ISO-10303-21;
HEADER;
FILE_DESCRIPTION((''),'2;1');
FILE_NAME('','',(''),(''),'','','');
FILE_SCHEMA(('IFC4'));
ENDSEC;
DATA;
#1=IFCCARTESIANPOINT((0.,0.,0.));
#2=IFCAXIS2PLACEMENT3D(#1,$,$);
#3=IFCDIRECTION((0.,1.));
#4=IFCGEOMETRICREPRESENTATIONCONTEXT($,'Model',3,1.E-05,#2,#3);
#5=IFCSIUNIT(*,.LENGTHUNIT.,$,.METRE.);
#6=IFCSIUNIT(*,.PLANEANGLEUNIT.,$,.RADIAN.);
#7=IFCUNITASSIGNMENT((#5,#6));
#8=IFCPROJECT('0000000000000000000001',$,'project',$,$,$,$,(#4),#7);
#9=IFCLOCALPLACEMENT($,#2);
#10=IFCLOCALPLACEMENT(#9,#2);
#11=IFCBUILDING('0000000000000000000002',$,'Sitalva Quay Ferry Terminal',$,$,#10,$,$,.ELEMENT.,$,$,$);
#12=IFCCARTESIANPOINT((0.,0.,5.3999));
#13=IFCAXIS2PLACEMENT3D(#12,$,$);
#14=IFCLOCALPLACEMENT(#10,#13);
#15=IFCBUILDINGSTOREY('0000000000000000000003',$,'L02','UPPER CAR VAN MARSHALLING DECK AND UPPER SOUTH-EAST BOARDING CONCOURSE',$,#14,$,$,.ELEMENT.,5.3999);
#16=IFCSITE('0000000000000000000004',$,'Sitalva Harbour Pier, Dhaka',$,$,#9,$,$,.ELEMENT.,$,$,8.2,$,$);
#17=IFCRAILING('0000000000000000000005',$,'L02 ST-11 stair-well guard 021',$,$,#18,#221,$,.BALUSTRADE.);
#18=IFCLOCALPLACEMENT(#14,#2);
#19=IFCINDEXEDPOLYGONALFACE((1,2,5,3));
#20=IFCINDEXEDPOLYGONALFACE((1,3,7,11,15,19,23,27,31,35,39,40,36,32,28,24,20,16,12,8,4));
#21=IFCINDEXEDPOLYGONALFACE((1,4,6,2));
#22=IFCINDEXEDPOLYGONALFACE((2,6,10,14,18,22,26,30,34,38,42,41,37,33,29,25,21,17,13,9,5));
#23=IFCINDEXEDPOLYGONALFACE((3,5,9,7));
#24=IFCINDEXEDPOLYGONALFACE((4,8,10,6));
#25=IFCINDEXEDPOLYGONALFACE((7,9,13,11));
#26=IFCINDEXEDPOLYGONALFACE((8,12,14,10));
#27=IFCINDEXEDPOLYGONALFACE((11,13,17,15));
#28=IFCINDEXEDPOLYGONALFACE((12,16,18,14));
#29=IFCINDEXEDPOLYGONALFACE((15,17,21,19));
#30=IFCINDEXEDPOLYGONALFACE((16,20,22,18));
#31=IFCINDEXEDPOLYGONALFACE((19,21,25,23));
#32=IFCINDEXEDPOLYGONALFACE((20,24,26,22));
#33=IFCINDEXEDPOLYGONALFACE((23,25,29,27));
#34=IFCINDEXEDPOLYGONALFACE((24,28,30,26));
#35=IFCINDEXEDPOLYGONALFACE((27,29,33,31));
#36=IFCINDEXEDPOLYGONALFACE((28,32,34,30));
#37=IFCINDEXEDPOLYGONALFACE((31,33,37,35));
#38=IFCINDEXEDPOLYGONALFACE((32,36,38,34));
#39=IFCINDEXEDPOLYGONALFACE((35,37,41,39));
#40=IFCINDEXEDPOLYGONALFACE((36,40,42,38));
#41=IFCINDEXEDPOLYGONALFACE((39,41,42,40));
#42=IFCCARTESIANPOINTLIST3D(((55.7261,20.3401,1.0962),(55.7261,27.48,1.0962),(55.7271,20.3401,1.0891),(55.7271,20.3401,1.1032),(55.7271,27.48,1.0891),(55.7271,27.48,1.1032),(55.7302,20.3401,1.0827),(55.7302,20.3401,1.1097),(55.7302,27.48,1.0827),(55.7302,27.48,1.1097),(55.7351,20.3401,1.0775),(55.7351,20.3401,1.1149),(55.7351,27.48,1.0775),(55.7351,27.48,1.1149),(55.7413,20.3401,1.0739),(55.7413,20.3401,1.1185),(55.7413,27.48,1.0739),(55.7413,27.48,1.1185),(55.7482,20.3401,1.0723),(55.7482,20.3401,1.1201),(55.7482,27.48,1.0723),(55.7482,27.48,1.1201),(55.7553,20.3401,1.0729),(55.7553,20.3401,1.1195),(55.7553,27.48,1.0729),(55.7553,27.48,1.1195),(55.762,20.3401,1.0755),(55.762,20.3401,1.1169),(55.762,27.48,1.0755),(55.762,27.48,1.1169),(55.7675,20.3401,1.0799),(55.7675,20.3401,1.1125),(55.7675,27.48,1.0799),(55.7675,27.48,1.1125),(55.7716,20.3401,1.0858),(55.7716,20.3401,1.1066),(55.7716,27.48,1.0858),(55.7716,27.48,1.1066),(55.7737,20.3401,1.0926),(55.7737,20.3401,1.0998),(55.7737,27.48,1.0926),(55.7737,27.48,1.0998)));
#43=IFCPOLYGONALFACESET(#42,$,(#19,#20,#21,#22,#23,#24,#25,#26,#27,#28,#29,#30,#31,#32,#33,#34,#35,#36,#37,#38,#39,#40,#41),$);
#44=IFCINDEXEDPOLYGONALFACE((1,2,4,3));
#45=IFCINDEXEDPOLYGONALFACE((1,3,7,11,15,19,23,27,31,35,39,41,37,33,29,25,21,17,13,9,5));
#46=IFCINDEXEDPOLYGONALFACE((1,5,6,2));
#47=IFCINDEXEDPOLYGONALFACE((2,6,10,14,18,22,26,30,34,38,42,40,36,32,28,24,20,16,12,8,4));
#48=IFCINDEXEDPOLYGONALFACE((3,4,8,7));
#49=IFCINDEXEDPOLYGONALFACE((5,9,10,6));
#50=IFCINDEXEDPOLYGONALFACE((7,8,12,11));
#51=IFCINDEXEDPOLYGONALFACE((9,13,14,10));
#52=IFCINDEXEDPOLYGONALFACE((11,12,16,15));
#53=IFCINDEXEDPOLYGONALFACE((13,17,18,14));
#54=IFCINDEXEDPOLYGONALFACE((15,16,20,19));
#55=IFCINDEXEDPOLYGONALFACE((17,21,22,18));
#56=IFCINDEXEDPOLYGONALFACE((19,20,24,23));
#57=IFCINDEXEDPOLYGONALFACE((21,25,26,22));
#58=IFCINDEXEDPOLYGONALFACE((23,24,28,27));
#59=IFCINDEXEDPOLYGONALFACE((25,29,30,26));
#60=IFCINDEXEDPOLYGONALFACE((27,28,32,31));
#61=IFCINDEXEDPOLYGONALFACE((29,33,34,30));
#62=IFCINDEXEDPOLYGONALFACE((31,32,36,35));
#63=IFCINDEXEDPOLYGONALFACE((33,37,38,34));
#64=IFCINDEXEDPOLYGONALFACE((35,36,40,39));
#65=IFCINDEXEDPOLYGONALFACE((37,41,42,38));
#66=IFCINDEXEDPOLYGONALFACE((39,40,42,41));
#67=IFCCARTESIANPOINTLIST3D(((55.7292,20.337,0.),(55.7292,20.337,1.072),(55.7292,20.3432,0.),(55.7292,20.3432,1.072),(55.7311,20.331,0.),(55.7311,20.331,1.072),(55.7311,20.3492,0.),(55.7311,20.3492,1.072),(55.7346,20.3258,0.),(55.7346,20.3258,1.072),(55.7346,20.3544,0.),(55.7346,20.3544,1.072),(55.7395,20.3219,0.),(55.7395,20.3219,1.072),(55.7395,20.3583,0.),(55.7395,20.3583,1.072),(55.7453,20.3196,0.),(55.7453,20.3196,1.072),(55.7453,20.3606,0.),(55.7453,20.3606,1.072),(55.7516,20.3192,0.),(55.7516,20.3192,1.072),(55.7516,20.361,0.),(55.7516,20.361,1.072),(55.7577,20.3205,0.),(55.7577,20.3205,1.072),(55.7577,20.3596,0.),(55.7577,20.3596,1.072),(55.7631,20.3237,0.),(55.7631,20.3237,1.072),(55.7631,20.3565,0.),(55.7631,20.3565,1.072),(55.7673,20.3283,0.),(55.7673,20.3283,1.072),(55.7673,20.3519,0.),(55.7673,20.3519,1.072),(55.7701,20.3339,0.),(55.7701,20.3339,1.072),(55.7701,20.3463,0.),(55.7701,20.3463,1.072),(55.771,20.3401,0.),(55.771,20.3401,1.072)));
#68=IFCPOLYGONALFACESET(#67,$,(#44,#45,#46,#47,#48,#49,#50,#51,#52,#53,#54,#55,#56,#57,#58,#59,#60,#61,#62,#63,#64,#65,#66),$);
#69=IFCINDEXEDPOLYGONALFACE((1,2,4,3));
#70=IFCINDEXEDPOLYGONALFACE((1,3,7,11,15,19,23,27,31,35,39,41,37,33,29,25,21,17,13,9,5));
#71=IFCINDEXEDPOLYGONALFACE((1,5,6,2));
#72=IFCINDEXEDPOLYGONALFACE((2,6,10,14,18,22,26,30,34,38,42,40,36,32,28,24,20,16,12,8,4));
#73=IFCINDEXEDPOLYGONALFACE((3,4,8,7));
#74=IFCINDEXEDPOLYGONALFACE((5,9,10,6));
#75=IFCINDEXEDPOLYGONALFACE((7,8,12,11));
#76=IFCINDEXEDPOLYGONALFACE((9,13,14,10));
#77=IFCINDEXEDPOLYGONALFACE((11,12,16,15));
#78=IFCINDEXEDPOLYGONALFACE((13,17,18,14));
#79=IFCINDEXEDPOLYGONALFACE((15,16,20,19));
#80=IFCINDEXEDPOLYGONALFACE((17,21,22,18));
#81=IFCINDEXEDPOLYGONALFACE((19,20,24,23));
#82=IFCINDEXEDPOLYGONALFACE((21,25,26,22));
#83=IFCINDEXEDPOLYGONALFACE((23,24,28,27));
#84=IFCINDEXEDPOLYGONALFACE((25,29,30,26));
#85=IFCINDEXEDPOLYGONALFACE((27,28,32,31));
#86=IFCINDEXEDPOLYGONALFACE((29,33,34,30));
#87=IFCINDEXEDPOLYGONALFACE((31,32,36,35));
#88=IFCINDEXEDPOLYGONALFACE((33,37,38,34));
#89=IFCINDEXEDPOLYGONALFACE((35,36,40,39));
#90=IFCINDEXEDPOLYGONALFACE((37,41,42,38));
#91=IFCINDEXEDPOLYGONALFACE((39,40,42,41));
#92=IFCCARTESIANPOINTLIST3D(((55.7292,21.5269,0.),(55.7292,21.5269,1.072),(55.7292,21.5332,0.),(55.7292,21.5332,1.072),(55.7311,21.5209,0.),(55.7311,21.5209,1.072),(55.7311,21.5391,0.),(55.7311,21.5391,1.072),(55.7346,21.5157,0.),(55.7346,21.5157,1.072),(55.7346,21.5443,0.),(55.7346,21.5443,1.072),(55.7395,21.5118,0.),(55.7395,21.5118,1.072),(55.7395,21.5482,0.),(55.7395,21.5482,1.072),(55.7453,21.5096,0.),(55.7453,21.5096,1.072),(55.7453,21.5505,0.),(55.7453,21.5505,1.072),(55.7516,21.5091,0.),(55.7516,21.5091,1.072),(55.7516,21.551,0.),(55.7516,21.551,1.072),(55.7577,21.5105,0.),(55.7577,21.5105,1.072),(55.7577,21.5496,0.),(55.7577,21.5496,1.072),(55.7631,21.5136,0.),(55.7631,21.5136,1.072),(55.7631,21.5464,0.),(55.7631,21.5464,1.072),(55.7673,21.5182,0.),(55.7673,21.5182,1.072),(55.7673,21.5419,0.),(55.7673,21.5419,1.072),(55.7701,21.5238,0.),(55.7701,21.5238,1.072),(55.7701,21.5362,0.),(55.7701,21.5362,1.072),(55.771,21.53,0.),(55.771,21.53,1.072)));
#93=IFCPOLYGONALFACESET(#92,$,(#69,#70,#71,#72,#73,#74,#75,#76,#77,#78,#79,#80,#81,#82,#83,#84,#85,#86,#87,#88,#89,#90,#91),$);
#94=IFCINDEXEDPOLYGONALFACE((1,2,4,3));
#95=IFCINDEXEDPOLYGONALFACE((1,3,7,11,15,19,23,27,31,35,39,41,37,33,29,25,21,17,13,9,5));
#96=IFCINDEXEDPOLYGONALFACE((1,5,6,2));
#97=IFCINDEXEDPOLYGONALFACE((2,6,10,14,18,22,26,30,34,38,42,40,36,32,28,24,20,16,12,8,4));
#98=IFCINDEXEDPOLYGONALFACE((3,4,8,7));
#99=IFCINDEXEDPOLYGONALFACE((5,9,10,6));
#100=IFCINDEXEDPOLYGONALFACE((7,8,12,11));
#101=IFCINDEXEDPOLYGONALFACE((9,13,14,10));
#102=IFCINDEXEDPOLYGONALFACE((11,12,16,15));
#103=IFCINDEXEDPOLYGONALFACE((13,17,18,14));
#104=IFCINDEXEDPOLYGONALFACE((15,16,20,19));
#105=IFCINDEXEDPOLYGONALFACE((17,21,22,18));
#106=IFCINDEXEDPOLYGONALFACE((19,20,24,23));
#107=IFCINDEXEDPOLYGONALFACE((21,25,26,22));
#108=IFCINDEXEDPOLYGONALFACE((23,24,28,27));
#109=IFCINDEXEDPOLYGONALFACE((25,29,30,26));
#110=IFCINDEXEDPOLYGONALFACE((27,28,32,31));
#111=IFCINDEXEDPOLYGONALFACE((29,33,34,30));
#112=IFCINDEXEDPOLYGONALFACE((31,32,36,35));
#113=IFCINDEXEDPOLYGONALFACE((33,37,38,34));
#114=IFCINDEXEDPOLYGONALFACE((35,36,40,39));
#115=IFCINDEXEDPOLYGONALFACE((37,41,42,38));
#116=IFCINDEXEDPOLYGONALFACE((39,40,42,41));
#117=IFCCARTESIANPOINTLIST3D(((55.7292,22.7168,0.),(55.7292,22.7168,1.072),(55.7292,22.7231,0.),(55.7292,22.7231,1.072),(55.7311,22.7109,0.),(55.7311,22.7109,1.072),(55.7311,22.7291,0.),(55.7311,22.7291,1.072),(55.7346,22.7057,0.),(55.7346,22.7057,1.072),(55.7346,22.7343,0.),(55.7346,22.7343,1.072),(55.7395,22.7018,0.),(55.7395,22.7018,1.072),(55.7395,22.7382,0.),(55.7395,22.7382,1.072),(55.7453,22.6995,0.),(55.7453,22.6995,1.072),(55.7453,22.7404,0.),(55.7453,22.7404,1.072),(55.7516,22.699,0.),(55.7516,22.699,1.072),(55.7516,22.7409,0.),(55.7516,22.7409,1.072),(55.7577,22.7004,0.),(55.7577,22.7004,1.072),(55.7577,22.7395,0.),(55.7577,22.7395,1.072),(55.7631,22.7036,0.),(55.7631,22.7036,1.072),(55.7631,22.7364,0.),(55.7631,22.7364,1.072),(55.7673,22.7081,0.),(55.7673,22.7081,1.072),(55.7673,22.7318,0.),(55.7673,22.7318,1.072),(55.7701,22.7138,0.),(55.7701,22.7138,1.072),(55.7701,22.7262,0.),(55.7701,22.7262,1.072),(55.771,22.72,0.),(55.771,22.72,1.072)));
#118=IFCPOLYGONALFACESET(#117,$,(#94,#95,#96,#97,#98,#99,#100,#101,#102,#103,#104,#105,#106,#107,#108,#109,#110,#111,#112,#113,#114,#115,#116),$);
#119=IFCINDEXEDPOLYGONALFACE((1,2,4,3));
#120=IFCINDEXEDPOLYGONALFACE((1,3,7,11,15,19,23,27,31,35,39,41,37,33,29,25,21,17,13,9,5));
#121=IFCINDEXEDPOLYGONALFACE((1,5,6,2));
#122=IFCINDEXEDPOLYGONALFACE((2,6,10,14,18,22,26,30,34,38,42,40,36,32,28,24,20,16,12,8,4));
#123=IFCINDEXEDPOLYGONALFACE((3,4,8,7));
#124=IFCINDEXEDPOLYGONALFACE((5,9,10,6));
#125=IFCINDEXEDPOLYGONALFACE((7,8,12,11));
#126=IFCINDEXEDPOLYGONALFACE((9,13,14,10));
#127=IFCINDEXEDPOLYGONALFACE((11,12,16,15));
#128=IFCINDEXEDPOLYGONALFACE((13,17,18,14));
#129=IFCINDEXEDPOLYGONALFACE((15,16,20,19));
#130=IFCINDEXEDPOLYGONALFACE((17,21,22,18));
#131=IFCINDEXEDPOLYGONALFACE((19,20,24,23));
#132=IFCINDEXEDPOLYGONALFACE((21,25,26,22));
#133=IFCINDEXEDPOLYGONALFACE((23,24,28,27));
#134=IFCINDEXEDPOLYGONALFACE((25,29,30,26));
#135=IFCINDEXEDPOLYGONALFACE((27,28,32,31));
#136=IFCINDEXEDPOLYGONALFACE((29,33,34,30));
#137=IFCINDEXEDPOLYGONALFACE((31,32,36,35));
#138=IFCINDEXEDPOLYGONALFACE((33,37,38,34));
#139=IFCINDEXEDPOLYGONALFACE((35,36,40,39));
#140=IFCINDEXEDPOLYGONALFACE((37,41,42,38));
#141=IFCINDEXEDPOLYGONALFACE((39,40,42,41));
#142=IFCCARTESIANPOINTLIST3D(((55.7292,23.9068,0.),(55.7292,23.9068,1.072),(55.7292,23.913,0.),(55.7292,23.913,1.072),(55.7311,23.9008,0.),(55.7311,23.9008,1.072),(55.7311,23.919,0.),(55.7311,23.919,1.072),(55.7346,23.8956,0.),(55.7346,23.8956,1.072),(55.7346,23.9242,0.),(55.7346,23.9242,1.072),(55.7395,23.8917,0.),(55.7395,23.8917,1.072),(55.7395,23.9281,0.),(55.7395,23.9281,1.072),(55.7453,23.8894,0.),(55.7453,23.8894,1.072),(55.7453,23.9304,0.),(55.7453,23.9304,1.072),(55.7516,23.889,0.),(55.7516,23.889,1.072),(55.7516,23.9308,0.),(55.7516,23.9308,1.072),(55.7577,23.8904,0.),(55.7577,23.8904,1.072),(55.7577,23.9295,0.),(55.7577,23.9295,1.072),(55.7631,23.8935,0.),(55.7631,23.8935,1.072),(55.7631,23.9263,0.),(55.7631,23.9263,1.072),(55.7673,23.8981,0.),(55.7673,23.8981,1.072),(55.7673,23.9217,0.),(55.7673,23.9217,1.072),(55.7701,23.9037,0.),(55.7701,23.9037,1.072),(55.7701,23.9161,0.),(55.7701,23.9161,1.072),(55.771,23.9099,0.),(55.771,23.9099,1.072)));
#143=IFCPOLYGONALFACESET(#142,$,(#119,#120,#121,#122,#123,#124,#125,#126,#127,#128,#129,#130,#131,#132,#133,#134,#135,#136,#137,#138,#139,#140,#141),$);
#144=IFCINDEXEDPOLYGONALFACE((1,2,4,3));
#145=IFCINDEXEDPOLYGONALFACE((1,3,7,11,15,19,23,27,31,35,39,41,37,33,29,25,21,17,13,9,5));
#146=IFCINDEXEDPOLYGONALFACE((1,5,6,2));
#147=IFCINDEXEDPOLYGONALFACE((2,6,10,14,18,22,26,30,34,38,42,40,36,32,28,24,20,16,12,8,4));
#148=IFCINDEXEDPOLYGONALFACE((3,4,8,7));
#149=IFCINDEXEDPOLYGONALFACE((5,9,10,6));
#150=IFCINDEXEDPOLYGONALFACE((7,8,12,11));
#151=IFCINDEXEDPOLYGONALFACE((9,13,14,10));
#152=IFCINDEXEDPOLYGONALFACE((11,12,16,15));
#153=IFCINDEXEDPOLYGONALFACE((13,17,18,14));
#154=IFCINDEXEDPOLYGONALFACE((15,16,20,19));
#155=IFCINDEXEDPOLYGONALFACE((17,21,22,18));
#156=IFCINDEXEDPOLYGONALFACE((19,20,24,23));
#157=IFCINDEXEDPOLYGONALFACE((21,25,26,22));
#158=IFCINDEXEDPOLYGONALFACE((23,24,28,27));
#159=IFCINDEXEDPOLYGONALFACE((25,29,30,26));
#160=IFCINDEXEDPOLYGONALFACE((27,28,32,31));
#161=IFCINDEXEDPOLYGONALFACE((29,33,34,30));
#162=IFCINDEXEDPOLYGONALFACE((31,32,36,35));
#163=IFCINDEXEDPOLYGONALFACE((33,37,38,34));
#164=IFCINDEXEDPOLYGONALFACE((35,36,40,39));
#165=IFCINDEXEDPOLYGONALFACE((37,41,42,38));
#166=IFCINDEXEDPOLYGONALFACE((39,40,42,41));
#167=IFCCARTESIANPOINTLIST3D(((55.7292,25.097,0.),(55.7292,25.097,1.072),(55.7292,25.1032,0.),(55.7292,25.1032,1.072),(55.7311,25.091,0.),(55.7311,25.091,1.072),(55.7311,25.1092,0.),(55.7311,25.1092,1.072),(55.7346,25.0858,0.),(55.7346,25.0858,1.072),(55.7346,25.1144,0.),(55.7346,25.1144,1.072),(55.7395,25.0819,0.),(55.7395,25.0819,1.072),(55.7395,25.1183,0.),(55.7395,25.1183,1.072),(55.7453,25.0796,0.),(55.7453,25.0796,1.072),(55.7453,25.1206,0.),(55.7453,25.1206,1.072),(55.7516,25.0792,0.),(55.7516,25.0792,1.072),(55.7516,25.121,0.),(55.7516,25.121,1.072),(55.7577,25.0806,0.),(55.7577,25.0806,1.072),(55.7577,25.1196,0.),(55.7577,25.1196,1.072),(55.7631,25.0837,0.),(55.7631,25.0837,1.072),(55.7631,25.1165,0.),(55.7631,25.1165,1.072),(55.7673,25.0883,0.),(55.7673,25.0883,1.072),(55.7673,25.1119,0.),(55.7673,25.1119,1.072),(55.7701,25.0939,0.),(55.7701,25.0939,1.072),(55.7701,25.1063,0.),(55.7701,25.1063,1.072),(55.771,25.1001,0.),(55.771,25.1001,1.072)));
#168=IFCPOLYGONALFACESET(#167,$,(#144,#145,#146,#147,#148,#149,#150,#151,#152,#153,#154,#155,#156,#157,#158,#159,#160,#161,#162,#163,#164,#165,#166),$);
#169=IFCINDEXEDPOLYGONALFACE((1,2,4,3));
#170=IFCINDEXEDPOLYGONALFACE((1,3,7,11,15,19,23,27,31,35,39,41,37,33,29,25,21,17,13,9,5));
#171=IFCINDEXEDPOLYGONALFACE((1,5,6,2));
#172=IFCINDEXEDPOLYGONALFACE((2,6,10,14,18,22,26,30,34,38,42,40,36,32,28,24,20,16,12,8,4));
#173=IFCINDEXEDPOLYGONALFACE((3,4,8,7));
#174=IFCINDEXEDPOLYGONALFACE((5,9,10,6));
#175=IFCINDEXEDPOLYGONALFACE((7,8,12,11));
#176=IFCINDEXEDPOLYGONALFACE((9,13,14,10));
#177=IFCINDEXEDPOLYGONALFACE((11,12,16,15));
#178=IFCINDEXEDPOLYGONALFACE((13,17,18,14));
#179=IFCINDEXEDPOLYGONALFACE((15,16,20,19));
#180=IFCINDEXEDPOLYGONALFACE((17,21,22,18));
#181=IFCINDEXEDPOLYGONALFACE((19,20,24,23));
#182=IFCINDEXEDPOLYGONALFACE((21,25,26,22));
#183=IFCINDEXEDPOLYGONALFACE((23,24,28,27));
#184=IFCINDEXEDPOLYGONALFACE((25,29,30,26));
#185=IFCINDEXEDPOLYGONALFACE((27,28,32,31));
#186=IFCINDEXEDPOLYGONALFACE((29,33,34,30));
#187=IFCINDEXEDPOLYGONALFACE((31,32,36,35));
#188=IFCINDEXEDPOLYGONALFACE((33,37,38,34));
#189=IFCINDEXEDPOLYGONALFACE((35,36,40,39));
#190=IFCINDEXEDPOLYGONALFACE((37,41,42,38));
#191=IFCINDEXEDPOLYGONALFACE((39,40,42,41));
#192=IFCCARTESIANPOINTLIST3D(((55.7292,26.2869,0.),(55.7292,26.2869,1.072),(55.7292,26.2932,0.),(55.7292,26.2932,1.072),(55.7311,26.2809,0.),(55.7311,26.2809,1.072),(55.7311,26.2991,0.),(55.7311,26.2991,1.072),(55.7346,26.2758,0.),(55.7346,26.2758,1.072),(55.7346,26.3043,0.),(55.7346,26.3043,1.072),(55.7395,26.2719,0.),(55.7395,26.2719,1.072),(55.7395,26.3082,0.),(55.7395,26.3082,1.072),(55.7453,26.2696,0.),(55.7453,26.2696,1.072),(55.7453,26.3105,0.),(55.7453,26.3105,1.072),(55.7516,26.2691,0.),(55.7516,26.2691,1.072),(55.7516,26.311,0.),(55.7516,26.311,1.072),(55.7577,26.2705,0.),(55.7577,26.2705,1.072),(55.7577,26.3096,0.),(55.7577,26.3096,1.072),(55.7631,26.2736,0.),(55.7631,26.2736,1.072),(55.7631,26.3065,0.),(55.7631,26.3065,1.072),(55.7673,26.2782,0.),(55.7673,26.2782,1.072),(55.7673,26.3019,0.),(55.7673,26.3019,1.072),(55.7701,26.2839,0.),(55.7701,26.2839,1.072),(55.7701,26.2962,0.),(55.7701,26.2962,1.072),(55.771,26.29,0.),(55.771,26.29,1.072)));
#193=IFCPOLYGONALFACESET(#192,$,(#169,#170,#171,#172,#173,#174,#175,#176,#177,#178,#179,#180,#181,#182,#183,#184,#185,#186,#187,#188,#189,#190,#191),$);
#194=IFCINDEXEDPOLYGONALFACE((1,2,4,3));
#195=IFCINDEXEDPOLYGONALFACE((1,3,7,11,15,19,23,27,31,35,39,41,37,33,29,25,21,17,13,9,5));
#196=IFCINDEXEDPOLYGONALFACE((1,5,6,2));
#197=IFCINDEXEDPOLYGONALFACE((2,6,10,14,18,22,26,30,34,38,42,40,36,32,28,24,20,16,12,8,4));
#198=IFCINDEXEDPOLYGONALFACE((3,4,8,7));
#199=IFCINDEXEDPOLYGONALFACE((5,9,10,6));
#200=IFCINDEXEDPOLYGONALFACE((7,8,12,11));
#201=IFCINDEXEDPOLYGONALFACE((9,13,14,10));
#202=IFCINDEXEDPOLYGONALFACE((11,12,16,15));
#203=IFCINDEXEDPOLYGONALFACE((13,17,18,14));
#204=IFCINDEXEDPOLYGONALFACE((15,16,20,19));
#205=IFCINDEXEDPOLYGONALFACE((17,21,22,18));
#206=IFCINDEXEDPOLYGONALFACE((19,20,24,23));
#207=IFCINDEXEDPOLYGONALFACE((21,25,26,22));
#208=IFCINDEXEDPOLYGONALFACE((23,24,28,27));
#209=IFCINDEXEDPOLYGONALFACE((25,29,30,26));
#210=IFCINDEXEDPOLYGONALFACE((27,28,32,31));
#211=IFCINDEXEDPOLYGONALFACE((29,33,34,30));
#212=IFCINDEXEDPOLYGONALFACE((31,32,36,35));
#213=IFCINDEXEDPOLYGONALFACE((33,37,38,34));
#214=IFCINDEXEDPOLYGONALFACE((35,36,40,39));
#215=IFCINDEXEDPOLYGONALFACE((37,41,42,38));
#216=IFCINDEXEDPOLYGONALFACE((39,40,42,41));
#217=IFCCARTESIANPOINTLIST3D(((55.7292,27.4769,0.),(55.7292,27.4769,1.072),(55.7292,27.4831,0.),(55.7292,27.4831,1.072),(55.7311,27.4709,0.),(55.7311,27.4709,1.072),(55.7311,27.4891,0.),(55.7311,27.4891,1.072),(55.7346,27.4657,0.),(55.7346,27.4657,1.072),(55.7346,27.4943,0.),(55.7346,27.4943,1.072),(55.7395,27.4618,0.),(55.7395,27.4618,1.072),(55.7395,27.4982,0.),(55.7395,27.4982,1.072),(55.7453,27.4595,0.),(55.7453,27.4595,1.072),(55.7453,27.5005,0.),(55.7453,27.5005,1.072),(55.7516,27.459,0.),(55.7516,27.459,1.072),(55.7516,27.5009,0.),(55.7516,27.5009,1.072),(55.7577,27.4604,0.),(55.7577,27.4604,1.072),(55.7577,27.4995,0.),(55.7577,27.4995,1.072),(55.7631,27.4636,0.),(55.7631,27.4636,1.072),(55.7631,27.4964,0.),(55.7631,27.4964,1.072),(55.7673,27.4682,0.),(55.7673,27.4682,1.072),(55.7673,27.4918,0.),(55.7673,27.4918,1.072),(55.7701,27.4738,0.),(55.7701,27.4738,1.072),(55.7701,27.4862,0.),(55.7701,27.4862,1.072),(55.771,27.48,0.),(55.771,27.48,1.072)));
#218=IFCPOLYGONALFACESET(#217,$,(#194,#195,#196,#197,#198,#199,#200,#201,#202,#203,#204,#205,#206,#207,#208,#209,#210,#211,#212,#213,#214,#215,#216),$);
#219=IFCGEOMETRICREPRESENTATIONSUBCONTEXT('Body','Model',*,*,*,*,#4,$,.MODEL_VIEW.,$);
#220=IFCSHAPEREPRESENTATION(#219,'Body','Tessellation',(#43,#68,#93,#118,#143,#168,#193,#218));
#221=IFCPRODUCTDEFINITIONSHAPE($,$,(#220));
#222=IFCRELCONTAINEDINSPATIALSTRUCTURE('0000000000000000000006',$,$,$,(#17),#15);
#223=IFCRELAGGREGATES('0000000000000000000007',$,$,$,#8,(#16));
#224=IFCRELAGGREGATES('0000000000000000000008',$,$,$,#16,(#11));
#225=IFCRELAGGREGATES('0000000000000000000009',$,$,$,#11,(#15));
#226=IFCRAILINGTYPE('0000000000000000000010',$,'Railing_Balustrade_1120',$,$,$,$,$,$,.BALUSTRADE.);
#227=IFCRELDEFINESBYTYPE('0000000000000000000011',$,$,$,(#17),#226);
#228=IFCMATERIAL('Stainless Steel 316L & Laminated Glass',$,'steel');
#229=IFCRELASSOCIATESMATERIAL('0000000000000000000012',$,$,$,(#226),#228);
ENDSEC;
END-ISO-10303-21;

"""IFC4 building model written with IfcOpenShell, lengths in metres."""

from ifc_helpers import new_model, si_unit, direction, frame, origin, origin_2d, place, context, subcontext, project, spatial, circle, extrude, material, type_object, element, save


model = new_model("IFC4")

# Units and contexts
model_context = context("Model", 3, precision=1e-05, world=origin(), true_north=direction((0.0, 1.0)))
body_context = subcontext(model_context, "Body", "Model", "MODEL_VIEW")
ifc_project = project(units=[si_unit("LENGTHUNIT", "METRE"), si_unit("PLANEANGLEUNIT", "RADIAN")], contexts=[model_context])

# Site, building, storey
site_placement = place(None, origin())
site = spatial("IfcSite", under=ifc_project, at=site_placement, Name="Sitalva Harbour Pier, Dhaka", CompositionType="ELEMENT", RefElevation=8.2)
building_placement = place(site_placement, origin())
building = spatial("IfcBuilding", under=site, at=building_placement, Name="Sitalva Quay Ferry Terminal", CompositionType="ELEMENT")
storey_placement = place(building_placement, frame((0.0, 0.0, 5.3999)))
storey = spatial("IfcBuildingStorey", under=building, at=storey_placement, Name="L02", Description="UPPER CAR VAN MARSHALLING DECK AND UPPER SOUTH-EAST BOARDING CONCOURSE", CompositionType="ELEMENT", Elevation=5.3999)

# Railing
ifc_material_1 = material(Name="Stainless Steel 316L & Laminated Glass", Category="steel")
railing_type = type_object("IfcRailingType", Name="Railing_Balustrade_1120", PredefinedType="BALUSTRADE", material=ifc_material_1)
railing_1_placement = place(storey_placement, frame((55.75, 20.3401, 0.0)))
element("IfcRailing", 1, at=railing_1_placement, inside=storey, type_object=railing_type, Name="L02 ST-11 stair-well guard 021", PredefinedType="BALUSTRADE", context=body_context, shape_type="SweptSolid", body=[
    extrude(circle(Radius=0.0239, at=origin_2d()), frame((0.0, 0.0, 1.0962), z_axis=(0.0, 1.0, 0.0), x_axis=(-1.0, 0.0, 0.0)), (0.0, 0.0, 1.0), 7.1399),
    extrude(circle(Radius=0.021, at=origin_2d()), origin(), (0.0, 0.0, 1.0), 1.072),
    extrude(circle(Radius=0.021, at=origin_2d()), frame((0.0, 1.1899, 0.0)), (0.0, 0.0, 1.0), 1.072),
    extrude(circle(Radius=0.021, at=origin_2d()), frame((0.0, 2.3799, 0.0)), (0.0, 0.0, 1.0), 1.072),
    extrude(circle(Radius=0.021, at=origin_2d()), frame((0.0, 3.5698, 0.0)), (0.0, 0.0, 1.0), 1.072),
    extrude(circle(Radius=0.021, at=origin_2d()), frame((0.0, 4.76, 0.0)), (0.0, 0.0, 1.0), 1.072),
    extrude(circle(Radius=0.021, at=origin_2d()), frame((0.0, 5.95, 0.0)), (0.0, 0.0, 1.0), 1.072),
    extrude(circle(Radius=0.021, at=origin_2d()), frame((0.0, 7.1399, 0.0)), (0.0, 0.0, 1.0), 1.072),
])

save(model, "model.ifc")
